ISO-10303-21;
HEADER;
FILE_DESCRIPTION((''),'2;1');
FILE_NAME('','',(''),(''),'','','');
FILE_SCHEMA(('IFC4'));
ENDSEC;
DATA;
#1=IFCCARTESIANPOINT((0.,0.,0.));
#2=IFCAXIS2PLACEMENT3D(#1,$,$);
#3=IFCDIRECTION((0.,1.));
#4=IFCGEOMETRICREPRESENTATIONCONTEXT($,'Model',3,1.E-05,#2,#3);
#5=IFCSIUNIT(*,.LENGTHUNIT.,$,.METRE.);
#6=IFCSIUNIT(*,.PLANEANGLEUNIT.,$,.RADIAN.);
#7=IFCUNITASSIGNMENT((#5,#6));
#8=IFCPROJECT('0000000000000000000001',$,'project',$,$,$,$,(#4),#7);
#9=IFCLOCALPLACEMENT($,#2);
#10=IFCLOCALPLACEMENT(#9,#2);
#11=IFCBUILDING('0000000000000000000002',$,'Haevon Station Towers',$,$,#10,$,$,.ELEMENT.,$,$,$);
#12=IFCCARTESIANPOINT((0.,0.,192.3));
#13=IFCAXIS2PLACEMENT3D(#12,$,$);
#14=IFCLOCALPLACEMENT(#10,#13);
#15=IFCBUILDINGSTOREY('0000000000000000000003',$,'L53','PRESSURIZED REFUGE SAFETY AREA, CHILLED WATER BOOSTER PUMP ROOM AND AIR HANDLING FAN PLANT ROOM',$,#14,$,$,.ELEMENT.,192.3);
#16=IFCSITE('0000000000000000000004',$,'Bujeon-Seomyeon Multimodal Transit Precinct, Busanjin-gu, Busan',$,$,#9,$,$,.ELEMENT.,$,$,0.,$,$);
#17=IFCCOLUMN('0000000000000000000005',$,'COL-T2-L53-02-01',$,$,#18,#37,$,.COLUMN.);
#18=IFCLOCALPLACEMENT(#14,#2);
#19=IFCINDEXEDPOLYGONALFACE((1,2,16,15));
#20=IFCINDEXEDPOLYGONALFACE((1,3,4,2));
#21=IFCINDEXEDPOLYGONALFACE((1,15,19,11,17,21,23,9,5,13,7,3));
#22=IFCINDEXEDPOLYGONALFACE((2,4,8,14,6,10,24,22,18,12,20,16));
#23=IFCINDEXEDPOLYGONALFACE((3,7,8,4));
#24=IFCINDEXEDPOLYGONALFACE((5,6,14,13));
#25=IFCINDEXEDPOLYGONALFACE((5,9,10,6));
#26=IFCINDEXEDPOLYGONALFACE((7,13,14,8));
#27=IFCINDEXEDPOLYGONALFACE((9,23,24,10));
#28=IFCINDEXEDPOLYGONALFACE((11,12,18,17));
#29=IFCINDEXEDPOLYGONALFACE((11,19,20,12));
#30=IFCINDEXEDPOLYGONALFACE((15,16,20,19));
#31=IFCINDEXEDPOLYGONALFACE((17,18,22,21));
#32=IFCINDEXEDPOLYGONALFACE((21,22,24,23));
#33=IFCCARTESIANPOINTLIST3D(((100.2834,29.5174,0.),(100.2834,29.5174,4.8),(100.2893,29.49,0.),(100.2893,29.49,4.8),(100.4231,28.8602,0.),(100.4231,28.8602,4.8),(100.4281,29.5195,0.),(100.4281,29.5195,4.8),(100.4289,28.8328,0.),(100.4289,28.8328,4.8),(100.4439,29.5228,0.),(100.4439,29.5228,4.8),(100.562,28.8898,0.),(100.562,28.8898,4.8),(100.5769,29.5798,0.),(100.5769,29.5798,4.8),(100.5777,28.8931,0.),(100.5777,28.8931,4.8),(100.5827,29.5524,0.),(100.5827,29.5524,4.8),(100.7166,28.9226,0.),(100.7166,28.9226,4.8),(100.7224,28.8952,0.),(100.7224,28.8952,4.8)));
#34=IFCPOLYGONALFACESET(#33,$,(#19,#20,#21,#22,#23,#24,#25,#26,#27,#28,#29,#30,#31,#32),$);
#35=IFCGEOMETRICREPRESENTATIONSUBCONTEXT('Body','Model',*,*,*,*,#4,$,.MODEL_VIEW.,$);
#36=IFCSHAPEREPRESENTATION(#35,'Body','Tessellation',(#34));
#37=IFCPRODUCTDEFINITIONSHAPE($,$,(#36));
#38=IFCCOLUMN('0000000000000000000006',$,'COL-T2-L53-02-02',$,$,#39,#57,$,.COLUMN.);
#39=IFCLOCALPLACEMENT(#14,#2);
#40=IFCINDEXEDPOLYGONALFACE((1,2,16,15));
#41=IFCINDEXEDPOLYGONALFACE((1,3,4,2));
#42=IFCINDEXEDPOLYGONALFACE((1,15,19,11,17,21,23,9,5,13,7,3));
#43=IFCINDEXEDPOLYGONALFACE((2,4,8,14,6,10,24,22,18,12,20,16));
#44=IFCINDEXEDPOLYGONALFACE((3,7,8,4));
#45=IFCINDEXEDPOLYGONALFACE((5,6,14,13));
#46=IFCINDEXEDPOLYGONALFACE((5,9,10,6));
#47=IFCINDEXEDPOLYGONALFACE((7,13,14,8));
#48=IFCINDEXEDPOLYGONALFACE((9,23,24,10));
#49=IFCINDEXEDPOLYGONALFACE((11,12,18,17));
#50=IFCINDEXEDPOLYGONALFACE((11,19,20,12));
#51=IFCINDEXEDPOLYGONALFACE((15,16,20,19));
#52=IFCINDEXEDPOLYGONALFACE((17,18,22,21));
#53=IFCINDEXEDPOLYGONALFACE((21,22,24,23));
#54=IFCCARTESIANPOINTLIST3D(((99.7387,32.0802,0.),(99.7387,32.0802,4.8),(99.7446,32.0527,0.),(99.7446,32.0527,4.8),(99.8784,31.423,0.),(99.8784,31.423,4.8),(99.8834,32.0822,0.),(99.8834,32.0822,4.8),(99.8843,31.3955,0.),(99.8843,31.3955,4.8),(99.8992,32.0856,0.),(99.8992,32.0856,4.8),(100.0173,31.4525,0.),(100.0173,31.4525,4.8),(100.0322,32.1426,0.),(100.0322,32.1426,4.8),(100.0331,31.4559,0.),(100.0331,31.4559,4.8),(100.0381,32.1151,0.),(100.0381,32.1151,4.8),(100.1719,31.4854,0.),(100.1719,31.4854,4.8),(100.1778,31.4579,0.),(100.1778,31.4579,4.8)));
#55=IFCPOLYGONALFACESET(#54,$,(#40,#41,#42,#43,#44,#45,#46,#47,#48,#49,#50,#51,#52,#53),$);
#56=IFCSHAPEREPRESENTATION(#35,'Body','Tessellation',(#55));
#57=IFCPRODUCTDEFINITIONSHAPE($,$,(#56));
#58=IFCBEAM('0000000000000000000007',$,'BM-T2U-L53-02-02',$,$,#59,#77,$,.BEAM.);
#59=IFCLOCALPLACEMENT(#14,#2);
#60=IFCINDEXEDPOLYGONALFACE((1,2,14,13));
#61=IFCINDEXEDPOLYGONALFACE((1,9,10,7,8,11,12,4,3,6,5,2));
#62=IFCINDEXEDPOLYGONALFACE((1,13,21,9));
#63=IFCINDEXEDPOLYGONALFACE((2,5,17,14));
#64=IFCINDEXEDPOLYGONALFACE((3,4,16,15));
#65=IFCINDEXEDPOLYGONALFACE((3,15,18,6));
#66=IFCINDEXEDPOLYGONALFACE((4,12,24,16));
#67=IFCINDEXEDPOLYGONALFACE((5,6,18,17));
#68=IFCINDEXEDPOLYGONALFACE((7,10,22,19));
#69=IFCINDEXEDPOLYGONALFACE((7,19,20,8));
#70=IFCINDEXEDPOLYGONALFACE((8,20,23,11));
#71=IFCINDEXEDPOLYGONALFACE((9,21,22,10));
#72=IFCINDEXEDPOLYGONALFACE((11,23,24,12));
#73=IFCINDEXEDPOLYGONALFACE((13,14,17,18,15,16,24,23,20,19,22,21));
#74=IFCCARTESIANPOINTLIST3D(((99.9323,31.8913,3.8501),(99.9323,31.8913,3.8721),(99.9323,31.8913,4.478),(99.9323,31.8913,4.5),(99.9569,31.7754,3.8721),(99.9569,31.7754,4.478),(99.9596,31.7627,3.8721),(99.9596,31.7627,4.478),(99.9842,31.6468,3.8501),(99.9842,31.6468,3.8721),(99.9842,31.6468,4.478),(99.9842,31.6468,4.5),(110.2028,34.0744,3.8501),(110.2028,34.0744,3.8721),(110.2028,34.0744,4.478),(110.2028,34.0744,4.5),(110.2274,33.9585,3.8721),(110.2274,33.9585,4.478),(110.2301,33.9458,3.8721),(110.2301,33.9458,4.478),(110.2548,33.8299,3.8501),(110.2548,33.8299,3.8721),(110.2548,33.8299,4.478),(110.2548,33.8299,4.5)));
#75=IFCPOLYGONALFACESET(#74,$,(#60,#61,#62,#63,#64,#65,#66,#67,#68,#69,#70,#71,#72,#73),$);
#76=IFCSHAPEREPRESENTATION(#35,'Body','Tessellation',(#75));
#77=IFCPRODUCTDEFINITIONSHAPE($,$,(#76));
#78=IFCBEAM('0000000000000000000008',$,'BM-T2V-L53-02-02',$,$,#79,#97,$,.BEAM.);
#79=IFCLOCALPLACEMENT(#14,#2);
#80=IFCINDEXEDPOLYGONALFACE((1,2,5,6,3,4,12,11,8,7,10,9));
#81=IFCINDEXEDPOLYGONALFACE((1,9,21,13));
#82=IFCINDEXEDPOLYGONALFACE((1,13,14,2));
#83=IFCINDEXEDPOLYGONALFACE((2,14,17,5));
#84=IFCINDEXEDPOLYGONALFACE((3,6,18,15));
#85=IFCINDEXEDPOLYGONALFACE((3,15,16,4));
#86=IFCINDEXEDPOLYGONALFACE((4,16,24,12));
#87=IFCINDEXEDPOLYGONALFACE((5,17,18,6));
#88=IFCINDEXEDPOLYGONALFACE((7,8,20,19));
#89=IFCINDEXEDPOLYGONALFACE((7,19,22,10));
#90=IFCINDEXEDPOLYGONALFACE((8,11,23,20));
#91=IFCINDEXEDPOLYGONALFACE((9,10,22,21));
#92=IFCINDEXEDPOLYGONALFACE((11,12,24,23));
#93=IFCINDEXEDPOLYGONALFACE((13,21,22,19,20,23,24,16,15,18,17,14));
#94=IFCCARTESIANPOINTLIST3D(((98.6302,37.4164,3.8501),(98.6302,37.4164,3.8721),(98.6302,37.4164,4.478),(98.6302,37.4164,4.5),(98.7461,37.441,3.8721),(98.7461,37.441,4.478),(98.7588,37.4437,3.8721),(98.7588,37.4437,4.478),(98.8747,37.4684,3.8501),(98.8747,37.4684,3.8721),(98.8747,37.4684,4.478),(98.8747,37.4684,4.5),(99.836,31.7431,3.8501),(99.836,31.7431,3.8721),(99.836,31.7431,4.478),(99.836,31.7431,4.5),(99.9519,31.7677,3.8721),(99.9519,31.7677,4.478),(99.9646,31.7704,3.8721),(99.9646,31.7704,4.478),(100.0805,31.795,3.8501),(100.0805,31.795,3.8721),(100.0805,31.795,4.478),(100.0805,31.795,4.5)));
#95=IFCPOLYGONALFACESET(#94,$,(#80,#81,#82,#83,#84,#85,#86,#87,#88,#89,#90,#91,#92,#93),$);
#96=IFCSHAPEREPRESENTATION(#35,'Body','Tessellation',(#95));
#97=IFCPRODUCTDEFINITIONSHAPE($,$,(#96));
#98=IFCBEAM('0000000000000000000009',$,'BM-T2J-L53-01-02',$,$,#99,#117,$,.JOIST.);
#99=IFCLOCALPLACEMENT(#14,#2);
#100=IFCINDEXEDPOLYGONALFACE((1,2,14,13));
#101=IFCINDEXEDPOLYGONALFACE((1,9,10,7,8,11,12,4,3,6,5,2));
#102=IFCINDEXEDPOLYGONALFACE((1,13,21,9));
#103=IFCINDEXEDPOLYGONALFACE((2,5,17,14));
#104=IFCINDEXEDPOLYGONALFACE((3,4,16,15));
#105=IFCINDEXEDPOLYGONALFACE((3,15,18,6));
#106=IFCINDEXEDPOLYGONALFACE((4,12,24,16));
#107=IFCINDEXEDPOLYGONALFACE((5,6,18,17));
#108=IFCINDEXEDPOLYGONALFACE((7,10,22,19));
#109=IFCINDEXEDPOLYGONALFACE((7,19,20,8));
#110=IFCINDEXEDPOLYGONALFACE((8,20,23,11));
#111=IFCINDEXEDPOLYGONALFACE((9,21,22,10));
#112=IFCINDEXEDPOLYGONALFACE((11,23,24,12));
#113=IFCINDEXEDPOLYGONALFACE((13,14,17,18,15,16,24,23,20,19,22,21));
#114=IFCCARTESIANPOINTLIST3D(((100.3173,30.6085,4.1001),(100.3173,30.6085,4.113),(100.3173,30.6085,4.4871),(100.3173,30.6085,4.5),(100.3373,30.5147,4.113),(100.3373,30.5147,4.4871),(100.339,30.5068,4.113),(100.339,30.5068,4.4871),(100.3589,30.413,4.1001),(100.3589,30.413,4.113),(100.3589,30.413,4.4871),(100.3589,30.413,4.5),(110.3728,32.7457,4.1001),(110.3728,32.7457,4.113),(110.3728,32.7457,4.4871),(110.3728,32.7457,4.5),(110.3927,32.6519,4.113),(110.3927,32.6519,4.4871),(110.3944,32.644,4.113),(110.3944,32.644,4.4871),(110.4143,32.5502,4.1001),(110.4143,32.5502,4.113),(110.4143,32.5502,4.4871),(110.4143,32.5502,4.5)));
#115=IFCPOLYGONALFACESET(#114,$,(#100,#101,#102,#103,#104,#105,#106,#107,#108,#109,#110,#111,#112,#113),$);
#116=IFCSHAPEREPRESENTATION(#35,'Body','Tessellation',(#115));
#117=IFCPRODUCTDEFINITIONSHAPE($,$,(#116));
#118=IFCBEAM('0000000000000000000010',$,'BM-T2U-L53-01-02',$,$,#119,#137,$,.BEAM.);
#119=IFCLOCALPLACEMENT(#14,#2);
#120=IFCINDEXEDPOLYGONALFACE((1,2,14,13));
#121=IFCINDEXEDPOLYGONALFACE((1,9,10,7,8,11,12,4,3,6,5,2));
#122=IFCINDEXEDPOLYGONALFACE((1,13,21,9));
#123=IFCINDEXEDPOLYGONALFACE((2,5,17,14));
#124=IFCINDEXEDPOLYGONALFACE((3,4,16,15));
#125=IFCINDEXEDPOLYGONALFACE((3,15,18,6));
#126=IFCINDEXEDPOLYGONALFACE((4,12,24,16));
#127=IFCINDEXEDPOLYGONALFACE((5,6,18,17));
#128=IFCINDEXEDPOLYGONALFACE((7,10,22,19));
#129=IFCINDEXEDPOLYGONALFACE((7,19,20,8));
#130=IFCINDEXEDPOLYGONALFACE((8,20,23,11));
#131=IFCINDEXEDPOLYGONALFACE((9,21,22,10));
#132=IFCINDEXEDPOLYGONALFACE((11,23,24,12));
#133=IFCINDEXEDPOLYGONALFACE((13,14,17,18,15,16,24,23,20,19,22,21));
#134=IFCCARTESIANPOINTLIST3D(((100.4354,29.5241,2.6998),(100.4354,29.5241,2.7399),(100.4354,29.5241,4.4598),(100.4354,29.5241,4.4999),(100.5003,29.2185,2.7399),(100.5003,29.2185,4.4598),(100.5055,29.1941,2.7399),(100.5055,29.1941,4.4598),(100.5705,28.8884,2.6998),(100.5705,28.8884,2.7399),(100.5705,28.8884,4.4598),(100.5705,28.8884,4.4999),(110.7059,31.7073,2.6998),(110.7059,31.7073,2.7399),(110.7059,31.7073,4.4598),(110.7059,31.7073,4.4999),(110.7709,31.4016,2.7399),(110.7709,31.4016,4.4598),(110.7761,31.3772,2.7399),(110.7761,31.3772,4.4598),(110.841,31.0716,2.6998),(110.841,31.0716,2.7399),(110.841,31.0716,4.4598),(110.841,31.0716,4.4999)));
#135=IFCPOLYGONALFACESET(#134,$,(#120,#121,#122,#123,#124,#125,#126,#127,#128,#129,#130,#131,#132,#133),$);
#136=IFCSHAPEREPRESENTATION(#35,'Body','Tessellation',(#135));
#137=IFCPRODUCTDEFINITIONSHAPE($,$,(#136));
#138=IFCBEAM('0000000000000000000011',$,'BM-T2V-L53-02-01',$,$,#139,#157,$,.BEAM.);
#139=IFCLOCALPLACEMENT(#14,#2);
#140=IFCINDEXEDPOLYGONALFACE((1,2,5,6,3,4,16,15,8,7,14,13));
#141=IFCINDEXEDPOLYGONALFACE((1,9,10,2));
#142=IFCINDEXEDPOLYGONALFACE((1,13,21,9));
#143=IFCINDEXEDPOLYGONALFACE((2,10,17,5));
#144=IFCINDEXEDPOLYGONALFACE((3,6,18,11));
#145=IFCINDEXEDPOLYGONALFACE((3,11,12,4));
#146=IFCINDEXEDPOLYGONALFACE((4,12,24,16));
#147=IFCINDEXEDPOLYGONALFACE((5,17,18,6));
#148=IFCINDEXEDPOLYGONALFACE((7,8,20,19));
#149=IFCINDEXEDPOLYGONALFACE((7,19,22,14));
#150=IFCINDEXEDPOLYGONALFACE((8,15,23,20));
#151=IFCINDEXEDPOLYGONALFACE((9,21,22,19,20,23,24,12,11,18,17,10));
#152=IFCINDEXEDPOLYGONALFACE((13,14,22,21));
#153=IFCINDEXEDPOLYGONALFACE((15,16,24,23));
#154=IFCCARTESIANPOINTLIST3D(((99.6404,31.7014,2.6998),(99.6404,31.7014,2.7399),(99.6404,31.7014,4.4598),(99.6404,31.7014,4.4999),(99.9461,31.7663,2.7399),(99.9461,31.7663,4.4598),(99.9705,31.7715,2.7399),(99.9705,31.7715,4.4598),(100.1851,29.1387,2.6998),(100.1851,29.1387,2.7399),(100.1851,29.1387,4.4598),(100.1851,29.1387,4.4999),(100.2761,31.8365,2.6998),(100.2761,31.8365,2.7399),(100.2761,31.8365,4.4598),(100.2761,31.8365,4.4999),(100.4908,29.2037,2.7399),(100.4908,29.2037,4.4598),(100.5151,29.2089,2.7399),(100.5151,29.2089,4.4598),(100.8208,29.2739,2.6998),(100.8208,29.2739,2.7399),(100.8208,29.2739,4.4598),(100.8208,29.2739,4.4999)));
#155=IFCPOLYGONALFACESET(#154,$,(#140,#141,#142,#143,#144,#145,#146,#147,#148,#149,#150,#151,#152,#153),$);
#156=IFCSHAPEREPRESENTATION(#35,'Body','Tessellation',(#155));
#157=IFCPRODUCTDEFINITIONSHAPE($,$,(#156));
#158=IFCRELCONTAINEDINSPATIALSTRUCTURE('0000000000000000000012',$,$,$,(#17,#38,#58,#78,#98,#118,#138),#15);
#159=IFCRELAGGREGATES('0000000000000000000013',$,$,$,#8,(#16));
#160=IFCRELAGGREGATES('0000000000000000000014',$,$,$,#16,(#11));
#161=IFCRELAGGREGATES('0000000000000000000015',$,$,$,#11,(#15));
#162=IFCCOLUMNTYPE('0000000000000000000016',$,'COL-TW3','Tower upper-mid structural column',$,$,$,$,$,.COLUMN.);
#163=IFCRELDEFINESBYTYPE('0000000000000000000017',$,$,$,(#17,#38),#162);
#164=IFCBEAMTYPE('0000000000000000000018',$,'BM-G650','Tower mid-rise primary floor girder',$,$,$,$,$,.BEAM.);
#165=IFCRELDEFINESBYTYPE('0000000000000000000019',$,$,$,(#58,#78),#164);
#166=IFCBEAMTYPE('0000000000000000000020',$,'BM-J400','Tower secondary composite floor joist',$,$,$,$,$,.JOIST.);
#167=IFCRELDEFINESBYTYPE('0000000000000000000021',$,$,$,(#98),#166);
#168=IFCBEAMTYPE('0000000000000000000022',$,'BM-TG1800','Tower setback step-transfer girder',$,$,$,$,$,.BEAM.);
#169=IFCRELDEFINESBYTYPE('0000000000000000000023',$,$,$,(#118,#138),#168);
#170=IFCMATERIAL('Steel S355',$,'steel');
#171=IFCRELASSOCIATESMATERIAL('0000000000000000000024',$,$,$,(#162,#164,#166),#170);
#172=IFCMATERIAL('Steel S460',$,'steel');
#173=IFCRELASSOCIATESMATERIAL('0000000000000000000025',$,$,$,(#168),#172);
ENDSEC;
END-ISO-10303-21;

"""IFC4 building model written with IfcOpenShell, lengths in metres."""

from ifc_helpers import new_model, si_unit, direction, frame, origin, origin_2d, place, context, subcontext, project, spatial, i_section, extrude, material, material_profile, profile_set, type_object, element, save


model = new_model("IFC4")

# Units and contexts
model_context = context("Model", 3, precision=1e-05, world=origin(), true_north=direction((0.0, 1.0)))
body_context = subcontext(model_context, "Body", "Model", "MODEL_VIEW")
ifc_project = project(units=[si_unit("LENGTHUNIT", "METRE"), si_unit("PLANEANGLEUNIT", "RADIAN")], contexts=[model_context])

# Site, building, storey
site_placement = place(None, origin())
site = spatial("IfcSite", under=ifc_project, at=site_placement, Name="Bujeon-Seomyeon Multimodal Transit Precinct, Busanjin-gu, Busan", CompositionType="ELEMENT", RefElevation=0.0)
building_placement = place(site_placement, origin())
building = spatial("IfcBuilding", under=site, at=building_placement, Name="Haevon Station Towers", CompositionType="ELEMENT")
storey_placement = place(building_placement, frame((0.0, 0.0, 192.3)))
storey = spatial("IfcBuildingStorey", under=building, at=storey_placement, Name="L53", Description="PRESSURIZED REFUGE SAFETY AREA, CHILLED WATER BOOSTER PUMP ROOM AND AIR HANDLING FAN PLANT ROOM", CompositionType="ELEMENT", Elevation=192.3)

# Columns
ifc_material_1 = material(Name="Steel S355", Category="steel")
ifc_material_profile_1 = material_profile(ifc_material_1, i_section(OverallWidth=0.3, OverallDepth=0.7, WebThickness=0.0161, FlangeThickness=0.0281, at=origin_2d()), Name="H-700x300x16x28")
ifc_profile_set_1 = profile_set([ifc_material_profile_1], Name="Steel S355")
column_type = type_object("IfcColumnType", Name="COL-TW3", Description="Tower upper-mid structural column", PredefinedType="COLUMN", material=ifc_profile_set_1)
for number, where, z_axis, x_axis, name in (
    (1, (100.5029, 29.2063, 0.0), (0.0, 0.0, 1.0), (0.978148, 0.207912, 0.0), "COL-T2-L53-02-01"),
    (2, (99.9583, 31.769, 0.0), (0.0, 0.0, 1.0), (0.978148, 0.207912, 0.0), "COL-T2-L53-02-02"),
):
    element("IfcColumn", number, at=place(storey_placement, frame(where, z_axis=z_axis, x_axis=x_axis)), inside=storey, type_object=column_type, Name=name, PredefinedType="COLUMN", context=body_context, shape_type="SweptSolid", body=[
        extrude(i_section(OverallWidth=0.3, OverallDepth=0.7, WebThickness=0.0161, FlangeThickness=0.0281, at=origin_2d()), origin(), (0.0, 0.0, 1.0), 4.8),
    ])

# Beams
ifc_material_profile_2 = material_profile(ifc_material_1, i_section(OverallWidth=0.25, OverallDepth=0.6499, WebThickness=0.0129, FlangeThickness=0.022, at=origin_2d()), Name="H-650x250x13x22")
ifc_profile_set_2 = profile_set([ifc_material_profile_2], Name="Steel S355")
beam_type_1 = type_object("IfcBeamType", Name="BM-G650", Description="Tower mid-rise primary floor girder", PredefinedType="BEAM", material=ifc_profile_set_2)
beam_1_placement = place(storey_placement, frame((99.9583, 31.769, 4.175), z_axis=(0.978147, 0.207915, 0.0), x_axis=(-0.207915, 0.978147, 0.0)))
element("IfcBeam", 3, at=beam_1_placement, inside=storey, type_object=beam_type_1, Name="BM-T2U-L53-02-02", PredefinedType="BEAM", context=body_context, shape_type="SweptSolid", body=[
    extrude(i_section(OverallWidth=0.25, OverallDepth=0.6499, WebThickness=0.0129, FlangeThickness=0.022, at=origin_2d()), origin(), (0.0, 0.0, 1.0), 10.5),
])
beam_2_placement = place(storey_placement, frame((99.9583, 31.769, 4.175), z_axis=(-0.207896, 0.978151, 0.0), x_axis=(-0.978151, -0.207896, 0.0)))
element("IfcBeam", 4, at=beam_2_placement, inside=storey, type_object=beam_type_1, Name="BM-T2V-L53-02-02", PredefinedType="BEAM", context=body_context, shape_type="SweptSolid", body=[
    extrude(i_section(OverallWidth=0.25, OverallDepth=0.6499, WebThickness=0.0129, FlangeThickness=0.022, at=origin_2d()), origin(), (0.0, 0.0, 1.0), 5.8),
])
ifc_material_profile_3 = material_profile(ifc_material_1, i_section(OverallWidth=0.2, OverallDepth=0.3999, WebThickness=0.0081, FlangeThickness=0.0129, at=origin_2d()), Name="H-400x200x8x13")
ifc_profile_set_3 = profile_set([ifc_material_profile_3], Name="Steel S355")
beam_type_2 = type_object("IfcBeamType", Name="BM-J400", Description="Tower secondary composite floor joist", PredefinedType="JOIST", material=ifc_profile_set_3)
beam_3_placement = place(storey_placement, frame((100.3381, 30.5107, 4.3), z_axis=(0.97815, 0.207899, 0.0), x_axis=(-0.207899, 0.97815, 0.0)))
element("IfcBeam", 5, at=beam_3_placement, inside=storey, type_object=beam_type_2, Name="BM-T2J-L53-01-02", PredefinedType="JOIST", context=body_context, shape_type="SweptSolid", body=[
    extrude(i_section(OverallWidth=0.2, OverallDepth=0.3999, WebThickness=0.0081, FlangeThickness=0.0129, at=origin_2d()), origin(), (0.0, 0.0, 1.0), 10.28),
])
ifc_material_2 = material(Name="Steel S460", Category="steel")
ifc_material_profile_4 = material_profile(ifc_material_2, i_section(OverallWidth=0.6499, OverallDepth=1.8, WebThickness=0.0249, FlangeThickness=0.04, at=origin_2d()), Name="H-1800x650x25x40")
ifc_profile_set_4 = profile_set([ifc_material_profile_4], Name="Steel S460")
beam_type_3 = type_object("IfcBeamType", Name="BM-TG1800", Description="Tower setback step-transfer girder", PredefinedType="BEAM", material=ifc_profile_set_4)
beam_4_placement = place(storey_placement, frame((100.5029, 29.2063, 3.5999), z_axis=(0.978147, 0.207915, 0.0), x_axis=(-0.207915, 0.978147, 0.0)))
element("IfcBeam", 6, at=beam_4_placement, inside=storey, type_object=beam_type_3, Name="BM-T2U-L53-01-02", PredefinedType="BEAM", context=body_context, shape_type="SweptSolid", body=[
    extrude(i_section(OverallWidth=0.6499, OverallDepth=1.8, WebThickness=0.0249, FlangeThickness=0.04, at=origin_2d()), origin(), (0.0, 0.0, 1.0), 10.5),
])
beam_5_placement = place(storey_placement, frame((100.5029, 29.2063, 3.5999), z_axis=(-0.207893, 0.978152, 0.0), x_axis=(-0.978152, -0.207893, 0.0)))
element("IfcBeam", 7, at=beam_5_placement, inside=storey, type_object=beam_type_3, Name="BM-T2V-L53-02-01", PredefinedType="BEAM", context=body_context, shape_type="SweptSolid", body=[
    extrude(i_section(OverallWidth=0.6499, OverallDepth=1.8, WebThickness=0.0249, FlangeThickness=0.04, at=origin_2d()), origin(), (0.0, 0.0, 1.0), 2.6199),
])

save(model, "model.ifc")
